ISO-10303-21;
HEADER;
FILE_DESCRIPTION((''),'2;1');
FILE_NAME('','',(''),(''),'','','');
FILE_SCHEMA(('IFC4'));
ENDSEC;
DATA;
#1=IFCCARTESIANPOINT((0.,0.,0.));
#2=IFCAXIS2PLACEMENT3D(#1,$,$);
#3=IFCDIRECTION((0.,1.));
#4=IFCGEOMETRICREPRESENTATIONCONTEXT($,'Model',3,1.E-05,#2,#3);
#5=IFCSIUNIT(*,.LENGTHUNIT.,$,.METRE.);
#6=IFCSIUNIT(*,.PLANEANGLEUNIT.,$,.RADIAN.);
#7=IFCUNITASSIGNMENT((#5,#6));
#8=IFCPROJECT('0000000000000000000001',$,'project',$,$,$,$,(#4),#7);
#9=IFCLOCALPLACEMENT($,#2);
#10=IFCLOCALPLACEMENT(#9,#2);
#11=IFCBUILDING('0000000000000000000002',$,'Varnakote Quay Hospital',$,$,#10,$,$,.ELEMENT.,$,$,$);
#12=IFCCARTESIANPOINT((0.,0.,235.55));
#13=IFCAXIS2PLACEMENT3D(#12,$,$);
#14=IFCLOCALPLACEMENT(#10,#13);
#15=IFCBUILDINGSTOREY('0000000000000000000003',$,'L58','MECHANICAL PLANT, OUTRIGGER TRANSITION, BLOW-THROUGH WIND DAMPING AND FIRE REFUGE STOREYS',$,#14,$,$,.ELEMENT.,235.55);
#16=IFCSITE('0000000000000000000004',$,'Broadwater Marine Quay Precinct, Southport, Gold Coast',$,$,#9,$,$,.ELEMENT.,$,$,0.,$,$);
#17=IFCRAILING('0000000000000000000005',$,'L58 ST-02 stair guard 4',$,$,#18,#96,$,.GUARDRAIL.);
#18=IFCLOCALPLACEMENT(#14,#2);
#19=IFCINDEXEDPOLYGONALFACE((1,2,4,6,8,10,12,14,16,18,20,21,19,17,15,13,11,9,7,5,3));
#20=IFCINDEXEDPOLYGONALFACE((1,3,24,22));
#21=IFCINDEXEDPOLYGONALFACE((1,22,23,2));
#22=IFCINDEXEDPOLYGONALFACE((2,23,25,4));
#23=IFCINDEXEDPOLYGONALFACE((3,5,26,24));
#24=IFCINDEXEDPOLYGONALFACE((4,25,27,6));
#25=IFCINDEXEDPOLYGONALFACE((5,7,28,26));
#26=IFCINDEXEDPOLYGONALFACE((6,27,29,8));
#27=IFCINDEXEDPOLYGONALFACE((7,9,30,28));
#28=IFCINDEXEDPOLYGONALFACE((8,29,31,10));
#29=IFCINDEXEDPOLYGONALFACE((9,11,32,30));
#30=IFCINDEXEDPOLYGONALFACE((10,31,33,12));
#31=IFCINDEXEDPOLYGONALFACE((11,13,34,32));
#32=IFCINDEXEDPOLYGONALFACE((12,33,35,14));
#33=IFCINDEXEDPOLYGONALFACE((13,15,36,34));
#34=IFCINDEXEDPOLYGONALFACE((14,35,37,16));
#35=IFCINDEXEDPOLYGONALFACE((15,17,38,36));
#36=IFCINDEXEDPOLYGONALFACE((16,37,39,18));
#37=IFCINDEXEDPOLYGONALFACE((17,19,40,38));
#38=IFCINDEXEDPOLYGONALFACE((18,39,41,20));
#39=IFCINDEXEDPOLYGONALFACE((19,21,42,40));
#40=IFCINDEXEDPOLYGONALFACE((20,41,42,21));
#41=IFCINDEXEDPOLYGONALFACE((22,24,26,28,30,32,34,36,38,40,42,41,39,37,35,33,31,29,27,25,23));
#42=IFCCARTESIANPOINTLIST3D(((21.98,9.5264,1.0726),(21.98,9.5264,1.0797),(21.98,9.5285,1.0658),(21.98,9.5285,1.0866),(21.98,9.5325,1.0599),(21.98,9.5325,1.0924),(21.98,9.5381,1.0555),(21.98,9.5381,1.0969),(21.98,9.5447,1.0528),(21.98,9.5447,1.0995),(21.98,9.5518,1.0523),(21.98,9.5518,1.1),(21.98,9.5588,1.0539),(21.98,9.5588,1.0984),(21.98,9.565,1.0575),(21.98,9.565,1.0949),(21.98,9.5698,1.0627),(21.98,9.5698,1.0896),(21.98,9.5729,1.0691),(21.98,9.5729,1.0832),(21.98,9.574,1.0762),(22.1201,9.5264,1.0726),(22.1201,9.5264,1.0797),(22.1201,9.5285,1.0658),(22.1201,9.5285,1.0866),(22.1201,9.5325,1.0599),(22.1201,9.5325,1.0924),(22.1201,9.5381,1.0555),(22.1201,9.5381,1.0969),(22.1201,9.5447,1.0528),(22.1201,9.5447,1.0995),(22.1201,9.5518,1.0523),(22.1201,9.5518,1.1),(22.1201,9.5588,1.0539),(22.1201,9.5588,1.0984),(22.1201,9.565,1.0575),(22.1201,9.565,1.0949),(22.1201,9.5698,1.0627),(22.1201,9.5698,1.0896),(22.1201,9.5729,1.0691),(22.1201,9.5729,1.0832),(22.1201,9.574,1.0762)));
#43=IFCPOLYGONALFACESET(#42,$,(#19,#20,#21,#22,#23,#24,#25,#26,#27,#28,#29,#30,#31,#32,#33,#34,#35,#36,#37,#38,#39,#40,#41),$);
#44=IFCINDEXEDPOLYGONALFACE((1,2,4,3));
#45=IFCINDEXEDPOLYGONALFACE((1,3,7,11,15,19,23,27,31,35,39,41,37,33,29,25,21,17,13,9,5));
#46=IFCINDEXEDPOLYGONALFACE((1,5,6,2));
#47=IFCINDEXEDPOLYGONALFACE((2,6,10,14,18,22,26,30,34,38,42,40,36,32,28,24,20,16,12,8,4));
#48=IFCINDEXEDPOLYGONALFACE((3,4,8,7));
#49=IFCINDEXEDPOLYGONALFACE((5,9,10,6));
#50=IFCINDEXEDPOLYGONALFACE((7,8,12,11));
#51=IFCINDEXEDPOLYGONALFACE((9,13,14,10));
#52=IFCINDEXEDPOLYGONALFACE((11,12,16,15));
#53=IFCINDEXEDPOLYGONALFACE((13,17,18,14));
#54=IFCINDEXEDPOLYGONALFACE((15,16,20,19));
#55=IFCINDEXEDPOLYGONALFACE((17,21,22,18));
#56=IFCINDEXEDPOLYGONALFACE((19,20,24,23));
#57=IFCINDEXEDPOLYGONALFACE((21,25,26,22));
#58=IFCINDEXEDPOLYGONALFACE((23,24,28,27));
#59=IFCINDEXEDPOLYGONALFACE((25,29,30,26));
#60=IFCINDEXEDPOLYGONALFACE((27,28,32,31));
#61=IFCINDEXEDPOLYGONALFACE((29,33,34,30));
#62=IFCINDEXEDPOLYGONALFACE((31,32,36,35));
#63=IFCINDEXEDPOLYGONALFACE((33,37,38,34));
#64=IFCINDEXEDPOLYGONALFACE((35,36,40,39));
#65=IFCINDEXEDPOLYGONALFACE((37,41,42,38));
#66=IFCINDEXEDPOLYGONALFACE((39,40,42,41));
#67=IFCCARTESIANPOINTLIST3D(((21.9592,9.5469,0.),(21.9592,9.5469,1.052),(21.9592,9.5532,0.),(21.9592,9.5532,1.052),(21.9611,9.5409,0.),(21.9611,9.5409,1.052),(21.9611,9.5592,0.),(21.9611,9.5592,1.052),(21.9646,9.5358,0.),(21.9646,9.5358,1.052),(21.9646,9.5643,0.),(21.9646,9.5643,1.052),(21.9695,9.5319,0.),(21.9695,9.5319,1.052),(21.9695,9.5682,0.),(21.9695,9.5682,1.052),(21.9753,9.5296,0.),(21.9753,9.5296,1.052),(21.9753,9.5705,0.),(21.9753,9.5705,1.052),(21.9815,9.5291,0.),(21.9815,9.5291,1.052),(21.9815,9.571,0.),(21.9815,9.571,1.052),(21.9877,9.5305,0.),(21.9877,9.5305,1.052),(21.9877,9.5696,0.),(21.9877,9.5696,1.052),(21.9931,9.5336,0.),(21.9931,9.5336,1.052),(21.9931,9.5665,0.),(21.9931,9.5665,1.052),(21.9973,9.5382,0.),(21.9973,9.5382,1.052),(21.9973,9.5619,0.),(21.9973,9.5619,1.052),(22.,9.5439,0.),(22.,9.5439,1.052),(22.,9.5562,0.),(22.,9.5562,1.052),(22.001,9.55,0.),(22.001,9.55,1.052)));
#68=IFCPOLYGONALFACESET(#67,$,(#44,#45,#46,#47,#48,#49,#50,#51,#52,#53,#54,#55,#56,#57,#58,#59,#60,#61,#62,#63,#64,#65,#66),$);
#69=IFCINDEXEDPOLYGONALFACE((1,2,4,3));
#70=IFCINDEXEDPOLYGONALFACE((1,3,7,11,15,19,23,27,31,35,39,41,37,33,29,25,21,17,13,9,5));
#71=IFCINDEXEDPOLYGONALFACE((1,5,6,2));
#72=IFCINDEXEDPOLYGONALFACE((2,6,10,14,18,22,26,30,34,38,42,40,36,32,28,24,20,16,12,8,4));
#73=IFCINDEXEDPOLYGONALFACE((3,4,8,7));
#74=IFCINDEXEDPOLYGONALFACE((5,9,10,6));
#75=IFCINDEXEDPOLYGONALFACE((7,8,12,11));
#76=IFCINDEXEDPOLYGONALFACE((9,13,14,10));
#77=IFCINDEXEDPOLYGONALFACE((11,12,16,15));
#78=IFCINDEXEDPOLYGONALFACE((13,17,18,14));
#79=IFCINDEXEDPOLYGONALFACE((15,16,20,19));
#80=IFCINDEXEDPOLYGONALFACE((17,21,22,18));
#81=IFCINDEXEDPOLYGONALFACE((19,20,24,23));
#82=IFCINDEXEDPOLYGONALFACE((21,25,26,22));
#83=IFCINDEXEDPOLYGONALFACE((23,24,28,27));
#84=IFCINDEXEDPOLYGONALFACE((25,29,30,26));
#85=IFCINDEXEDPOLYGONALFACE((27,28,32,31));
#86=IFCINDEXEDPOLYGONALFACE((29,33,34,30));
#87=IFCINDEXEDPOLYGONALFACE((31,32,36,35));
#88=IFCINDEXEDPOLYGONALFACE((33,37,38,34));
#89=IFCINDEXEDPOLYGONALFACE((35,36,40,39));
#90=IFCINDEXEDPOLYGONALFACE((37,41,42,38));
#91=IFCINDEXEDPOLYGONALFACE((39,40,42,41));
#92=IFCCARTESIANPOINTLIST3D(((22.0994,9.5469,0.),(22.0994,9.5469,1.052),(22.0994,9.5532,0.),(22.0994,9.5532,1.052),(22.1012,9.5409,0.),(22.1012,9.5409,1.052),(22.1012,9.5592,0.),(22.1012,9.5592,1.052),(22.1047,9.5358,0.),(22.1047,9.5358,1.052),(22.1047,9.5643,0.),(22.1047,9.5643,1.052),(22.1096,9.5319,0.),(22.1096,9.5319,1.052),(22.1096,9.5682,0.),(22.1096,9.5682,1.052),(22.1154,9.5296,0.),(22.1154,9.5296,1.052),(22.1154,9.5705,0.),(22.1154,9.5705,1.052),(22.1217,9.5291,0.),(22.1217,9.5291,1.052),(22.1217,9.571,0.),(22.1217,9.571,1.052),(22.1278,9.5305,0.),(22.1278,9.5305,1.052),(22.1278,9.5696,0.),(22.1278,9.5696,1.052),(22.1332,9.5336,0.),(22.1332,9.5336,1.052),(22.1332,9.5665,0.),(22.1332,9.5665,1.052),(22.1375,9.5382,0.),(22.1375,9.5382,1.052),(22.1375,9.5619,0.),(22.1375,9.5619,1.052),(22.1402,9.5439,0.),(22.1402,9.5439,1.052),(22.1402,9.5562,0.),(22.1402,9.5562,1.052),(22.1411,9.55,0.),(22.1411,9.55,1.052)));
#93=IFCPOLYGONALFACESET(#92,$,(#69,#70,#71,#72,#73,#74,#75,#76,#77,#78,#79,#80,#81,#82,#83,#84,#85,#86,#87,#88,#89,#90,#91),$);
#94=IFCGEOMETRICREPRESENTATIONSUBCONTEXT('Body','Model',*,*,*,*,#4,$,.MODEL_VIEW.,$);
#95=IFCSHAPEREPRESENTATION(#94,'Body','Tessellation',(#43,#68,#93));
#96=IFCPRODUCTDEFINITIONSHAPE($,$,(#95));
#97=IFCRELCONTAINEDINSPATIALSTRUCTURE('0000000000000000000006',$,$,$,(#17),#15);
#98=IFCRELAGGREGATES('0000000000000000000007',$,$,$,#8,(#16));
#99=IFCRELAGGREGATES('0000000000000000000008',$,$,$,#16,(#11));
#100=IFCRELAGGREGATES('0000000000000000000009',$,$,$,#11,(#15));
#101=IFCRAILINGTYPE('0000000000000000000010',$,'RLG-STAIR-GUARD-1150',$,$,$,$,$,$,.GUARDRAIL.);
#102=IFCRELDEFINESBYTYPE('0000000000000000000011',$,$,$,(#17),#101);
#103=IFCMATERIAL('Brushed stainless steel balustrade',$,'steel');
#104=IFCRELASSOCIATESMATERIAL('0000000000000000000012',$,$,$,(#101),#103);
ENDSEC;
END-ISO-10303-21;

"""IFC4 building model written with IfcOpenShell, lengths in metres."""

from ifc_helpers import new_model, si_unit, direction, frame, origin, origin_2d, place, context, subcontext, project, spatial, circle, extrude, material, type_object, element, save


model = new_model("IFC4")

# Units and contexts
model_context = context("Model", 3, precision=1e-05, world=origin(), true_north=direction((0.0, 1.0)))
body_context = subcontext(model_context, "Body", "Model", "MODEL_VIEW")
ifc_project = project(units=[si_unit("LENGTHUNIT", "METRE"), si_unit("PLANEANGLEUNIT", "RADIAN")], contexts=[model_context])

# Site, building, storey
site_placement = place(None, origin())
site = spatial("IfcSite", under=ifc_project, at=site_placement, Name="Broadwater Marine Quay Precinct, Southport, Gold Coast", CompositionType="ELEMENT", RefElevation=0.0)
building_placement = place(site_placement, origin())
building = spatial("IfcBuilding", under=site, at=building_placement, Name="Varnakote Quay Hospital", CompositionType="ELEMENT")
storey_placement = place(building_placement, frame((0.0, 0.0, 235.55)))
storey = spatial("IfcBuildingStorey", under=building, at=storey_placement, Name="L58", Description="MECHANICAL PLANT, OUTRIGGER TRANSITION, BLOW-THROUGH WIND DAMPING AND FIRE REFUGE STOREYS", CompositionType="ELEMENT", Elevation=235.55)

# Railing
ifc_material_1 = material(Name="Brushed stainless steel balustrade", Category="steel")
railing_type_1 = type_object("IfcRailingType", Name="RLG-STAIR-GUARD-1150", PredefinedType="GUARDRAIL", material=ifc_material_1)
railing_1_placement = place(storey_placement, frame((21.98, 9.55, 0.0)))
element("IfcRailing", 1, at=railing_1_placement, inside=storey, type_object=railing_type_1, Name="L58 ST-02 stair guard 4", PredefinedType="GUARDRAIL", context=body_context, shape_type="SweptSolid", body=[
    extrude(circle(Radius=0.0239, at=origin_2d()), frame((0.0, 0.0, 1.0762), z_axis=(1.0, 0.0, 0.0), x_axis=(0.0, 1.0, 0.0)), (0.0, 0.0, 1.0), 0.1401),
    extrude(circle(Radius=0.021, at=origin_2d()), origin(), (0.0, 0.0, 1.0), 1.052),
    extrude(circle(Radius=0.021, at=origin_2d()), frame((0.1401, 0.0, 0.0)), (0.0, 0.0, 1.0), 1.052),
])

save(model, "model.ifc")
